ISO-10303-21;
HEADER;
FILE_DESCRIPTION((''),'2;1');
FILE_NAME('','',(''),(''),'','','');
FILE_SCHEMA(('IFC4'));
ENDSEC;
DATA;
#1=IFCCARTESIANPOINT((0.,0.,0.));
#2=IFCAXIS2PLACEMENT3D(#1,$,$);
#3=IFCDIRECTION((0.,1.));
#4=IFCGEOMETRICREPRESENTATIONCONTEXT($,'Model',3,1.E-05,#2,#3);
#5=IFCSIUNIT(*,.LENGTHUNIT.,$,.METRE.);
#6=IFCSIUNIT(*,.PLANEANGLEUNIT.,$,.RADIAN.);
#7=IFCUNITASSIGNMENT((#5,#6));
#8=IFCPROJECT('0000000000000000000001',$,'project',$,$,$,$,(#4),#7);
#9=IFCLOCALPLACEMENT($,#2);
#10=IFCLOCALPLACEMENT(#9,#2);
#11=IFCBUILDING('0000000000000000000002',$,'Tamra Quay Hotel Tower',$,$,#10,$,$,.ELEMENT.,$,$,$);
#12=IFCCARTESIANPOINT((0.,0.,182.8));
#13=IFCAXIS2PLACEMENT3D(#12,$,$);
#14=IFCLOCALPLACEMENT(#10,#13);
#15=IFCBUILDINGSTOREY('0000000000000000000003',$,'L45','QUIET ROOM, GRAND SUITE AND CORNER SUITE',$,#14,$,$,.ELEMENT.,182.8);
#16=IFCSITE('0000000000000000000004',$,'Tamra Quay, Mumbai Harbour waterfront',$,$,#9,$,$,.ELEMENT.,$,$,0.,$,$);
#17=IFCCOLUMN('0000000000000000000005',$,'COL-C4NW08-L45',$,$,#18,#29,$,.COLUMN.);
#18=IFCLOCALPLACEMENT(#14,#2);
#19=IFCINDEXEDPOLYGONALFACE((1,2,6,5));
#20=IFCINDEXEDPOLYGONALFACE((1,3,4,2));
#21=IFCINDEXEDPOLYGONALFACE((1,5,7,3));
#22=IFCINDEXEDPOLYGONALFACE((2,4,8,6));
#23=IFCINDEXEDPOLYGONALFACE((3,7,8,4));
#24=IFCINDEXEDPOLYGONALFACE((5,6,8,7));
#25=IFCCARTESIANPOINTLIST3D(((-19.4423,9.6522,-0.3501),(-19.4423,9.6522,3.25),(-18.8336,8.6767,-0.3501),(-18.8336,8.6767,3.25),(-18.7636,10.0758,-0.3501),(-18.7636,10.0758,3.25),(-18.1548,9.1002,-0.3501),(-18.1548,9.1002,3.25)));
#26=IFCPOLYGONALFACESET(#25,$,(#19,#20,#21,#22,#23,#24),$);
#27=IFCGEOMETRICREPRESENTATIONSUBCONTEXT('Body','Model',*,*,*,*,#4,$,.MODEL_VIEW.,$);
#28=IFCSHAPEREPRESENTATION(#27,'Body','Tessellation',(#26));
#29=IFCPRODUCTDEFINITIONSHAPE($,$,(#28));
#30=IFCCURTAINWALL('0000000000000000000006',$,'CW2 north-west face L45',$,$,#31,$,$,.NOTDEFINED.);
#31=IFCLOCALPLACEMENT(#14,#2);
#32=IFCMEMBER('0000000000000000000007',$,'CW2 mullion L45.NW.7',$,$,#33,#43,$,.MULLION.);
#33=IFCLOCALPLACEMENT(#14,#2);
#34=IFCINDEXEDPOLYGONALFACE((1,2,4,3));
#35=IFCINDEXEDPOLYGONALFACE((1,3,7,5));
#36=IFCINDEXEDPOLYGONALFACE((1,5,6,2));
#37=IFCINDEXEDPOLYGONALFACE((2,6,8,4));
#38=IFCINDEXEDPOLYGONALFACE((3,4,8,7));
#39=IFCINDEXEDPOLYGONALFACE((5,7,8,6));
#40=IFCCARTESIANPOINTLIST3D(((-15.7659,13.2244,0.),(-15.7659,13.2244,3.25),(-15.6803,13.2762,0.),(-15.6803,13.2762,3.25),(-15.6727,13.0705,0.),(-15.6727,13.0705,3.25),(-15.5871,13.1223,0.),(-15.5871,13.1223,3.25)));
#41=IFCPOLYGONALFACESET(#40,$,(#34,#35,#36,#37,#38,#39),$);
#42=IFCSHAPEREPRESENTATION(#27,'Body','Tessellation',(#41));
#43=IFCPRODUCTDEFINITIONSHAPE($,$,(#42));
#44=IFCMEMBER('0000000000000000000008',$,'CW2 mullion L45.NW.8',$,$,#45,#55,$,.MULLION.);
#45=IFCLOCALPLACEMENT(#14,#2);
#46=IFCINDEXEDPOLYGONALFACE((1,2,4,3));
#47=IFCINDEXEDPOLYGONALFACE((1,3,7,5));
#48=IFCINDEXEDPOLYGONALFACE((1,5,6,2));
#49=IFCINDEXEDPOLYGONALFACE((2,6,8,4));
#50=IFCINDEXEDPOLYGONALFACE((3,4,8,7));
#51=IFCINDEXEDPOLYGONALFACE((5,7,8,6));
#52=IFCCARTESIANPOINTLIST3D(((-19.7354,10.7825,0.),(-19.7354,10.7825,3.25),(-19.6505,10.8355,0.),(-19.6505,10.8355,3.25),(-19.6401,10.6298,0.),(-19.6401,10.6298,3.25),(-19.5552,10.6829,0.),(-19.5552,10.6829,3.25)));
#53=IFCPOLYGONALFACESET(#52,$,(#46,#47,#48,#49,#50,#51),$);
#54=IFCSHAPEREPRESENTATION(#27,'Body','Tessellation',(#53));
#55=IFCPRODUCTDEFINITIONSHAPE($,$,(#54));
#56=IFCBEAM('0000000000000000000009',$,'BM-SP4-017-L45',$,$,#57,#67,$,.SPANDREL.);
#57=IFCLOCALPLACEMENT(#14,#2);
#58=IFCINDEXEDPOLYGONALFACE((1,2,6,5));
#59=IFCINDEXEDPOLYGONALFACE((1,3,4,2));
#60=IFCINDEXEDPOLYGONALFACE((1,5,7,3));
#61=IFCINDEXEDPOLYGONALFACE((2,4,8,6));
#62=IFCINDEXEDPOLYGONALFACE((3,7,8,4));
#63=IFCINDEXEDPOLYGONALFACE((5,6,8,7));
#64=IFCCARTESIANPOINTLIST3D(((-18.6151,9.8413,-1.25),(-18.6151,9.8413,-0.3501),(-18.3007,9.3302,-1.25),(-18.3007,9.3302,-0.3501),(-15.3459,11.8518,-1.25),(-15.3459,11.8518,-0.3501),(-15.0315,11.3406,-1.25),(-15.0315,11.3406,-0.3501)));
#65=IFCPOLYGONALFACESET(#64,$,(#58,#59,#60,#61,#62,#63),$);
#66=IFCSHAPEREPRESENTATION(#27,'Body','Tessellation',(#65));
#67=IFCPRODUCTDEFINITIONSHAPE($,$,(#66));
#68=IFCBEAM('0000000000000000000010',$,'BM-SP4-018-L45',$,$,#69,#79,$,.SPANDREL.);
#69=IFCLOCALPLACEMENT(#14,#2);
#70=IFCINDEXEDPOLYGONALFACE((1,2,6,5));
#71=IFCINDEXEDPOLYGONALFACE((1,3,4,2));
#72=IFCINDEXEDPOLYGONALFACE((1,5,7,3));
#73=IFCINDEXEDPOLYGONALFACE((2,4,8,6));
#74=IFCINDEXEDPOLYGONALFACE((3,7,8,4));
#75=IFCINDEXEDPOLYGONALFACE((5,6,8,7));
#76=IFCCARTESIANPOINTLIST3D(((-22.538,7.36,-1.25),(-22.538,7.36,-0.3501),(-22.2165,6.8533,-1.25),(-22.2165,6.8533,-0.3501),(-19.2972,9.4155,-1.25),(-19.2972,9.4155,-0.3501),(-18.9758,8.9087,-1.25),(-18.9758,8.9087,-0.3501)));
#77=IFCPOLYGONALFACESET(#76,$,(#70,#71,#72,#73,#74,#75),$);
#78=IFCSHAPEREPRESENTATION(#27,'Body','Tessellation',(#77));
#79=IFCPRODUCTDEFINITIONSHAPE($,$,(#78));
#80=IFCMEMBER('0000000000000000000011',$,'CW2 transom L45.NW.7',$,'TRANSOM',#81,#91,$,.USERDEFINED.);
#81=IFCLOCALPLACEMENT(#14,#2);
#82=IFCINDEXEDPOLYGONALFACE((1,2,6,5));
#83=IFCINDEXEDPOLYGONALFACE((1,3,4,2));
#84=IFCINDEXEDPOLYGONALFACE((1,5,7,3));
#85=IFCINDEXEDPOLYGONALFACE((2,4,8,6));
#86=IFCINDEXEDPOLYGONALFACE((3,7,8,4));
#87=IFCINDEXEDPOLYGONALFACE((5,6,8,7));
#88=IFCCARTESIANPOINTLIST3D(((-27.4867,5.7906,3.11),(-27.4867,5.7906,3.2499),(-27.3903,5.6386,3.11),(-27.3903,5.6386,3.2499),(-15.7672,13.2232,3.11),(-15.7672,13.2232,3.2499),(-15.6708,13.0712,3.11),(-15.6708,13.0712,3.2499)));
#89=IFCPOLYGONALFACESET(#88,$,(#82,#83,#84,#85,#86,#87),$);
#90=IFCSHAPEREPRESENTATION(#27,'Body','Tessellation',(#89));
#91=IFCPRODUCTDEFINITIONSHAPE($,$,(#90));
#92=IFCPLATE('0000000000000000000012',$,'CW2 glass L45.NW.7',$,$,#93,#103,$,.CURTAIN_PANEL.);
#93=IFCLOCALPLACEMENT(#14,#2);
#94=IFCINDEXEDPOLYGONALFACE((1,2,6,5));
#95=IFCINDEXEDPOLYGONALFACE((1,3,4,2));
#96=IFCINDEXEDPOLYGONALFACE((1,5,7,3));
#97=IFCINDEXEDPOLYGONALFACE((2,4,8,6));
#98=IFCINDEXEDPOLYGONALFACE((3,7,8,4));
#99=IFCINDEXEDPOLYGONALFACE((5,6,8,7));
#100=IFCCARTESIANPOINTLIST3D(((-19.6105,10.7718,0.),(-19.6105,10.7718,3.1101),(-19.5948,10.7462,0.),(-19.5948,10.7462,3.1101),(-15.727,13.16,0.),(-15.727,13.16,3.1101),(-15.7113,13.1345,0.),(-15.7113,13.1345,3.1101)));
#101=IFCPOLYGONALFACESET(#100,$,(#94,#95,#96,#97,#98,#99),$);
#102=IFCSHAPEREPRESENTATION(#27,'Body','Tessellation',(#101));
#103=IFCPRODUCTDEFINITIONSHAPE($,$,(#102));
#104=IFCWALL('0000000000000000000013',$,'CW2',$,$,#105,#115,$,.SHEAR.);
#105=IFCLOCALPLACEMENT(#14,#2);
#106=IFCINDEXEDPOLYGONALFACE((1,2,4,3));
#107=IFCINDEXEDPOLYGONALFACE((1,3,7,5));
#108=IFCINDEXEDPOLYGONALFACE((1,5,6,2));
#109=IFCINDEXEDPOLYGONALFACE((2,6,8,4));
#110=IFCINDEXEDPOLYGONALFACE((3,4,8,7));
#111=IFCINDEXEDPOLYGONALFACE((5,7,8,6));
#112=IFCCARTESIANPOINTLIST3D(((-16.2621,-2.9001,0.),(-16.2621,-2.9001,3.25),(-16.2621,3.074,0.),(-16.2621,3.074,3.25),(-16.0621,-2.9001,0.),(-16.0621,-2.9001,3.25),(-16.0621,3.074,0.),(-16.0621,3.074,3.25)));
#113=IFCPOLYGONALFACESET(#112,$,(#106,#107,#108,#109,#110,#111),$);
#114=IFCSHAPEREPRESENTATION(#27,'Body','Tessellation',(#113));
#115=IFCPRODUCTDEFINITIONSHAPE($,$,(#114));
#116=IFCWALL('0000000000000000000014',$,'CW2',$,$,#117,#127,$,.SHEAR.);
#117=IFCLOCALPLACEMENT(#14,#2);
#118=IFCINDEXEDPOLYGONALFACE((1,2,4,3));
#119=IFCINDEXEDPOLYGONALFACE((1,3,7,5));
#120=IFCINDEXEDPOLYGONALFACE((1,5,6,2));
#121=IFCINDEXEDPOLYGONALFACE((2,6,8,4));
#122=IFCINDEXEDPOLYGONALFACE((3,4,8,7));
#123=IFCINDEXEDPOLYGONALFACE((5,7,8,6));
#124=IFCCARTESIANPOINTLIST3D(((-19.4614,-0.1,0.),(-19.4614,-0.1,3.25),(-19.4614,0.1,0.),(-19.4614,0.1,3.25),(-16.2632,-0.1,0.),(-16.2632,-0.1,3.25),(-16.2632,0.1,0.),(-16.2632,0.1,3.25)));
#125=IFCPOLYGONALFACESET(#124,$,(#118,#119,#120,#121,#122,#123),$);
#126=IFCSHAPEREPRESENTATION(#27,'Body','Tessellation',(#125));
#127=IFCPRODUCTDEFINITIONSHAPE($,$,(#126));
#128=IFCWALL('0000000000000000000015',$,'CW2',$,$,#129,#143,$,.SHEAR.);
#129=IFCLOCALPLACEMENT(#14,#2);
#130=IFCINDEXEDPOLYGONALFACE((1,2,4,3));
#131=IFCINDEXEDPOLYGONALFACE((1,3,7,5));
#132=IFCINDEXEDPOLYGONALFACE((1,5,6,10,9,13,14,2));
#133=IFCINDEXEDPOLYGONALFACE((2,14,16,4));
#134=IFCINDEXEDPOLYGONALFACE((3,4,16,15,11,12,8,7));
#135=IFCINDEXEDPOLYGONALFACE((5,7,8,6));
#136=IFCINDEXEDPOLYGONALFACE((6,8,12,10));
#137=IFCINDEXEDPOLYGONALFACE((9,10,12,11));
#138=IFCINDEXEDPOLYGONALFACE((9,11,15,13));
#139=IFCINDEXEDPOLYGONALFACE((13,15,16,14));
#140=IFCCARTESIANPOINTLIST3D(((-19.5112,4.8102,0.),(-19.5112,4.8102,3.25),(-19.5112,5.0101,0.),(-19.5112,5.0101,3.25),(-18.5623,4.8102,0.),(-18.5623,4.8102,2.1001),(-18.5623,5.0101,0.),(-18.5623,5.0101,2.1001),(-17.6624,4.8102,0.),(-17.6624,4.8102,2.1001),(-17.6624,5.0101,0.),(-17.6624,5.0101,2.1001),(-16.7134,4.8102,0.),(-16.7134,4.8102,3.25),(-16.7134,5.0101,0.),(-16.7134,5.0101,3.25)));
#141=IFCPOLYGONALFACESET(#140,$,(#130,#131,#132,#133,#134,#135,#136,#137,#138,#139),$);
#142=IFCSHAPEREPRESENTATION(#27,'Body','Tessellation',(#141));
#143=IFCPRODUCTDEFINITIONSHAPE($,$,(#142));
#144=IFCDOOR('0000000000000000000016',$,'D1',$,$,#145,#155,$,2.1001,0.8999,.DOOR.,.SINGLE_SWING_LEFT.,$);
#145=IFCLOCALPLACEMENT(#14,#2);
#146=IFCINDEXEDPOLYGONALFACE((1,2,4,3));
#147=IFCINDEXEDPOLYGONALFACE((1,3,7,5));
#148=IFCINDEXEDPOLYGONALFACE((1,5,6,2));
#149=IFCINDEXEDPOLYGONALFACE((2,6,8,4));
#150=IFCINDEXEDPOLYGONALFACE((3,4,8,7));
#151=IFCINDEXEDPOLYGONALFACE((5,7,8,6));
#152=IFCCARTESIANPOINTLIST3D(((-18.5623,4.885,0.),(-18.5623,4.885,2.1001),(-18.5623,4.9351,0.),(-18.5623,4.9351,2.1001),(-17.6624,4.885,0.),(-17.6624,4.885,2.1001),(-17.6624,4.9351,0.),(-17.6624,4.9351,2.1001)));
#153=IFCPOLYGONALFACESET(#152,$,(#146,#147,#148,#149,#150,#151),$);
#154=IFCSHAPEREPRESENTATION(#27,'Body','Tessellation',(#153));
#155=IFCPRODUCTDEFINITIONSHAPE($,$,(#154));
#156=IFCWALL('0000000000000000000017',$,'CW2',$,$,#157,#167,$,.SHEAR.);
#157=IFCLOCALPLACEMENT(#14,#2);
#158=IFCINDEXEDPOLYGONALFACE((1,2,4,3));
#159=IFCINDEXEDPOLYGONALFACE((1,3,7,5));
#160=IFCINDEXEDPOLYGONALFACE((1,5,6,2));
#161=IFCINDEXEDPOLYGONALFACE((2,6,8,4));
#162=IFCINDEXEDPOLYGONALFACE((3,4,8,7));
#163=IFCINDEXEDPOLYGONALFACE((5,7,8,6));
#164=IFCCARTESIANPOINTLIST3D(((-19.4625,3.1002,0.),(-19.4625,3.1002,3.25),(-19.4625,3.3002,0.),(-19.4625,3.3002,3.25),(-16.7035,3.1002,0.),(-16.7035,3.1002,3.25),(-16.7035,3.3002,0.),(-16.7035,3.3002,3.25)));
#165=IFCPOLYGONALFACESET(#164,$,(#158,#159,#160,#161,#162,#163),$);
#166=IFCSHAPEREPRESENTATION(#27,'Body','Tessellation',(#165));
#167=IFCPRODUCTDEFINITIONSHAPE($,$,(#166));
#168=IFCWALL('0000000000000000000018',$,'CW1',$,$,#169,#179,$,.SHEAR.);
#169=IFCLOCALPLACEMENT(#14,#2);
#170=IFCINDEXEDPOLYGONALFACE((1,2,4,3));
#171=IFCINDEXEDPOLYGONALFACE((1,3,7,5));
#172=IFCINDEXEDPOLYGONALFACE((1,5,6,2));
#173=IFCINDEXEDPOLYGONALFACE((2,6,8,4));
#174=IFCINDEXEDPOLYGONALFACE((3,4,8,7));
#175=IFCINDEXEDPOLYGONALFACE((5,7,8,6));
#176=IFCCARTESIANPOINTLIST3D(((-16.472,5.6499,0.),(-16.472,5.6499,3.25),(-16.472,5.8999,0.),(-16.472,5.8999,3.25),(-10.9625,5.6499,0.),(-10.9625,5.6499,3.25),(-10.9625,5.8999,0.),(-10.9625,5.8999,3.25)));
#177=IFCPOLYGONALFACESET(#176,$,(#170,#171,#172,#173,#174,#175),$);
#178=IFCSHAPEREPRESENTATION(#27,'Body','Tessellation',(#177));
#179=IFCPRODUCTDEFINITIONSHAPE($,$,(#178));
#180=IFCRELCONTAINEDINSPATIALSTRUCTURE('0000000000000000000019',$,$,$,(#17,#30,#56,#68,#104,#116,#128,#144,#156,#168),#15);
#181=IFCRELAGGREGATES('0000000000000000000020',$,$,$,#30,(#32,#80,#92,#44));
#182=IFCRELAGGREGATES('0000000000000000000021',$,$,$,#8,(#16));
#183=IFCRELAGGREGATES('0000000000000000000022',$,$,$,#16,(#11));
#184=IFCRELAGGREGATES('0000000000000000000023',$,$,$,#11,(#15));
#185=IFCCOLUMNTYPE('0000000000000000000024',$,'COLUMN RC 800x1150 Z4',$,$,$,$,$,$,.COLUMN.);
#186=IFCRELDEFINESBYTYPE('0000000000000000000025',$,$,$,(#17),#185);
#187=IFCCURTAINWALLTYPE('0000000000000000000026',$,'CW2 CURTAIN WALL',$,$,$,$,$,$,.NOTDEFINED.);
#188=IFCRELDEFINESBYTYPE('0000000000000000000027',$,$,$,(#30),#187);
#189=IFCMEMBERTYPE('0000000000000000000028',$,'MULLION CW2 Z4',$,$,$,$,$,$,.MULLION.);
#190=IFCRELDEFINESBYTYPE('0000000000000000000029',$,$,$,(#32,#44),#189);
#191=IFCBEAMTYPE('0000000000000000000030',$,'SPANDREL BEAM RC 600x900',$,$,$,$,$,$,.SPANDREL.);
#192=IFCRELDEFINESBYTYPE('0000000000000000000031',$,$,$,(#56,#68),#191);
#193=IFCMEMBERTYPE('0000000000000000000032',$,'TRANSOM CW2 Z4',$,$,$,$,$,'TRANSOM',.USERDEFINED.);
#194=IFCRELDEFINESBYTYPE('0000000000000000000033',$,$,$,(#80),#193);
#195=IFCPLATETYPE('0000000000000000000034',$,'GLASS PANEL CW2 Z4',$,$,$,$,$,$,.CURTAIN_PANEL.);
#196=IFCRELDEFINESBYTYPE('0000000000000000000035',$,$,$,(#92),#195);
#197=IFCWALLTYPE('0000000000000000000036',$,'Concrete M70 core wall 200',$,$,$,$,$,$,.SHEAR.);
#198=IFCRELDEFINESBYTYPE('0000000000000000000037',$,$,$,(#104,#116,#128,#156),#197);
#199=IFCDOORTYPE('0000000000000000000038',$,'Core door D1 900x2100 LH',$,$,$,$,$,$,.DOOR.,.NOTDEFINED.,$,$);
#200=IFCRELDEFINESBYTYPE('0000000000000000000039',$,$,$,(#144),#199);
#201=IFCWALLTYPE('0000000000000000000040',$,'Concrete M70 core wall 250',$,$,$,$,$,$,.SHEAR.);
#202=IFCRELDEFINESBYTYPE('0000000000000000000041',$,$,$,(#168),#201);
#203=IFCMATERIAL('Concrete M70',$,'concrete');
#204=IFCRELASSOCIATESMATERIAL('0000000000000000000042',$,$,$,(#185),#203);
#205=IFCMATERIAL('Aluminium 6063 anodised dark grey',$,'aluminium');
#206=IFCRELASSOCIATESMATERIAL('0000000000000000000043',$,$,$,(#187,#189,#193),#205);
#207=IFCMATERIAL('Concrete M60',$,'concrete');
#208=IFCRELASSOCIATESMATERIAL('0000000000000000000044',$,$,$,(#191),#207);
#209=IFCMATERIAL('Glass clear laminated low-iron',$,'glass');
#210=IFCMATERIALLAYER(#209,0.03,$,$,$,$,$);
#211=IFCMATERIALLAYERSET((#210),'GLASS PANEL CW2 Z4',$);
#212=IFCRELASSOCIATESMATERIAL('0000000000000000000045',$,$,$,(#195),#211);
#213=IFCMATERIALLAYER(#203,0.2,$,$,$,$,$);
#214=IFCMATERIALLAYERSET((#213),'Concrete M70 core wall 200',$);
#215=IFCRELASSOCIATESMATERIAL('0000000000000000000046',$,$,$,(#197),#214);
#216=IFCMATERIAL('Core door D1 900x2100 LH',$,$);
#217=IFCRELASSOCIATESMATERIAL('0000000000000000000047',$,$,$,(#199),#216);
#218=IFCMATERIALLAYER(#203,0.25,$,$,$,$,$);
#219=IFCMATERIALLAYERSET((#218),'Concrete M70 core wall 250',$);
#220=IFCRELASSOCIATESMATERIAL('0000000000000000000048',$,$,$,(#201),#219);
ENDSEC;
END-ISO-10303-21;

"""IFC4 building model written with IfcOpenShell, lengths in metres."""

from ifc_helpers import new_model, si_unit, direction, frame, frame_2d, origin, origin_2d, place, context, subcontext, project, spatial, rectangle, extrude, material, layer, layer_set, material_profile, profile_set, type_object, element, fill, aggregate, save


model = new_model("IFC4")

# Units and contexts
model_context = context("Model", 3, precision=1e-05, world=origin(), true_north=direction((0.0, 1.0)))
body_context = subcontext(model_context, "Body", "Model", "MODEL_VIEW")
ifc_project = project(units=[si_unit("LENGTHUNIT", "METRE"), si_unit("PLANEANGLEUNIT", "RADIAN")], contexts=[model_context])

# Site, building, storey
site_placement = place(None, origin())
site = spatial("IfcSite", under=ifc_project, at=site_placement, Name="Tamra Quay, Mumbai Harbour waterfront", CompositionType="ELEMENT", RefElevation=0.0)
building_placement = place(site_placement, origin())
building = spatial("IfcBuilding", under=site, at=building_placement, Name="Tamra Quay Hotel Tower", CompositionType="ELEMENT")
storey_placement = place(building_placement, frame((0.0, 0.0, 182.8)))
storey = spatial("IfcBuildingStorey", under=building, at=storey_placement, Name="L45", Description="QUIET ROOM, GRAND SUITE AND CORNER SUITE", CompositionType="ELEMENT", Elevation=182.8)

# Column
ifc_material_1 = material(Name="Concrete M70", Category="concrete")
ifc_material_profile_1 = material_profile(ifc_material_1, rectangle(XDim=1.1499, YDim=0.8, at=origin_2d()), Name="COLUMN RC 800x1150 Z4")
ifc_profile_set_1 = profile_set([ifc_material_profile_1], Name="Concrete M70")
column_type = type_object("IfcColumnType", Name="COLUMN RC 800x1150 Z4", PredefinedType="COLUMN", material=ifc_profile_set_1)
column_placement = place(storey_placement, frame((-18.7986, 9.3762, -0.3501), z_axis=(0.0, 0.0, 1.0), x_axis=(-0.52941, 0.848366, 0.0)))
element("IfcColumn", 1, at=column_placement, inside=storey, type_object=column_type, Name="COL-C4NW08-L45", PredefinedType="COLUMN", context=body_context, shape_type="SweptSolid", body=[
    extrude(rectangle(XDim=1.1499, YDim=0.8, at=origin_2d()), origin(), (0.0, 0.0, 1.0), 3.6001),
])

# Curtain wall, members
ifc_material_2 = material(Name="Aluminium 6063 anodised dark grey", Category="aluminium")
curtain_wall_type = type_object("IfcCurtainWallType", Name="CW2 CURTAIN WALL", PredefinedType="NOTDEFINED", material=ifc_material_2)
curtain_wall_placement = place(storey_placement, origin())
curtain_wall = element("IfcCurtainWall", 2, at=curtain_wall_placement, inside=storey, type_object=curtain_wall_type, Name="CW2 north-west face L45", PredefinedType="NOTDEFINED")
ifc_material_profile_2 = material_profile(ifc_material_2, rectangle(XDim=0.1799, YDim=0.1001, at=origin_2d()), Name="MULLION 100X180")
ifc_profile_set_2 = profile_set([ifc_material_profile_2], Name="Aluminium 6063 anodised dark grey")
member_type_1 = type_object("IfcMemberType", Name="MULLION CW2 Z4", PredefinedType="MULLION", material=ifc_profile_set_2)
member_1_placement = place(storey_placement, frame((-15.6765, 13.1733, 0.0), z_axis=(0.0, 0.0, 1.0), x_axis=(-0.517923, 0.855428, 0.0)))
member_1 = element("IfcMember", 3, at=member_1_placement, type_object=member_type_1, Name="CW2 mullion L45.NW.7", PredefinedType="MULLION", context=body_context, shape_type="SweptSolid", body=[
    extrude(rectangle(XDim=0.1799, YDim=0.1001, at=origin_2d()), origin(), (0.0, 0.0, 1.0), 3.25),
])
member_2_placement = place(storey_placement, frame((-19.6453, 10.7327, 0.0), z_axis=(0.0, 0.0, 1.0), x_axis=(-0.529731, 0.848166, 0.0)))
member_2 = element("IfcMember", 4, at=member_2_placement, type_object=member_type_1, Name="CW2 mullion L45.NW.8", PredefinedType="MULLION", context=body_context, shape_type="SweptSolid", body=[
    extrude(rectangle(XDim=0.1799, YDim=0.1001, at=origin_2d()), origin(), (0.0, 0.0, 1.0), 3.25),
])

# Beams
ifc_material_3 = material(Name="Concrete M60", Category="concrete")
ifc_material_profile_3 = material_profile(ifc_material_3, rectangle(XDim=0.6001, YDim=0.8999, at=origin_2d()), Name="SPANDREL BEAM RC 600x900")
ifc_profile_set_3 = profile_set([ifc_material_profile_3], Name="Concrete M60")
beam_type = type_object("IfcBeamType", Name="SPANDREL BEAM RC 600x900", PredefinedType="SPANDREL", material=ifc_profile_set_3)
beam_1_placement = place(storey_placement, frame((-15.1887, 11.5962, -0.8), z_axis=(-0.851818, -0.523838, 0.0), x_axis=(0.523838, -0.851818, 0.0)))
element("IfcBeam", 5, at=beam_1_placement, inside=storey, type_object=beam_type, Name="BM-SP4-017-L45", PredefinedType="SPANDREL", context=body_context, shape_type="SweptSolid", body=[
    extrude(rectangle(XDim=0.6001, YDim=0.8999, at=origin_2d()), origin(), (0.0, 0.0, 1.0), 3.8379),
])
beam_2_placement = place(storey_placement, frame((-19.1365, 9.1621, -0.8), z_axis=(-0.84447, -0.535603, 0.0), x_axis=(0.535603, -0.84447, 0.0)))
element("IfcBeam", 6, at=beam_2_placement, inside=storey, type_object=beam_type, Name="BM-SP4-018-L45", PredefinedType="SPANDREL", context=body_context, shape_type="SweptSolid", body=[
    extrude(rectangle(XDim=0.6001, YDim=0.8999, at=origin_2d()), origin(), (0.0, 0.0, 1.0), 3.8376),
])

# Member
ifc_material_profile_4 = material_profile(ifc_material_2, rectangle(XDim=0.1799, YDim=0.1399, at=origin_2d()), Name="TRANSOM 180X140")
ifc_profile_set_4 = profile_set([ifc_material_profile_4], Name="Aluminium 6063 anodised dark grey")
member_type_2 = type_object("IfcMemberType", Name="TRANSOM CW2 Z4", ElementType="TRANSOM", PredefinedType="USERDEFINED", material=ifc_profile_set_4)
member_3_placement = place(storey_placement, frame((-15.719, 13.1472, 3.1799), z_axis=(-0.844484, -0.535581, 0.0), x_axis=(0.535581, -0.844484, 0.0)))
member_3 = element("IfcMember", 7, at=member_3_placement, type_object=member_type_2, Name="CW2 transom L45.NW.7", ObjectType="TRANSOM", PredefinedType="USERDEFINED", context=body_context, shape_type="SweptSolid", body=[
    extrude(rectangle(XDim=0.1799, YDim=0.1399, at=origin_2d()), origin(), (0.0, 0.0, 1.0), 13.8777),
])

# Plate
ifc_material_4 = material(Name="Glass clear laminated low-iron", Category="glass")
ifc_layer_1 = layer(ifc_material_4, 0.03)
ifc_layer_set_1 = layer_set([ifc_layer_1], Name="GLASS PANEL CW2 Z4")
plate_type = type_object("IfcPlateType", Name="GLASS PANEL CW2 Z4", PredefinedType="CURTAIN_PANEL", material=ifc_layer_set_1)
plate_placement = place(storey_placement, frame((-17.6609, 11.9531, 0.0), z_axis=(0.0, 0.0, 1.0), x_axis=(-0.851815, -0.523843, 0.0)))
plate = element("IfcPlate", 8, at=plate_placement, type_object=plate_type, Name="CW2 glass L45.NW.7", PredefinedType="CURTAIN_PANEL", context=body_context, shape_type="SweptSolid", body=[
    extrude(rectangle(XDim=4.5591, YDim=0.03, at=origin_2d()), origin(), (0.0, 0.0, 1.0), 3.1101),
])
aggregate(curtain_wall, [member_1, member_3, plate, member_2])

# Walls
ifc_layer_2 = layer(ifc_material_1, 0.2)
ifc_layer_set_2 = layer_set([ifc_layer_2], Name="Concrete M70 core wall 200")
wall_type_1 = type_object("IfcWallType", Name="Concrete M70 core wall 200", PredefinedType="SHEAR", material=ifc_layer_set_2)
wall_1_placement = place(storey_placement, frame((-16.1621, 3.074, 0.0), z_axis=(0.0, 0.0, 1.0), x_axis=(0.0, -1.0, 0.0)))
element("IfcWall", 9, at=wall_1_placement, inside=storey, type_object=wall_type_1, Name="CW2", PredefinedType="SHEAR", context=body_context, shape_type="SweptSolid", body=[
    extrude(rectangle(XDim=5.9741, YDim=0.2, at=frame_2d((2.9871, 0.0))), origin(), (0.0, 0.0, 1.0), 3.25),
])
wall_2_placement = place(storey_placement, frame((-16.2632, 0.0, 0.0), z_axis=(0.0, 0.0, 1.0), x_axis=(-1.0, 0.0, 0.0)))
element("IfcWall", 10, at=wall_2_placement, inside=storey, type_object=wall_type_1, Name="CW2", PredefinedType="SHEAR", context=body_context, shape_type="SweptSolid", body=[
    extrude(rectangle(XDim=3.1982, YDim=0.2, at=frame_2d((1.5991, 0.0))), origin(), (0.0, 0.0, 1.0), 3.25),
])

# Wall, opening, door
wall_3_placement = place(storey_placement, frame((-19.5112, 4.9102, 0.0), z_axis=(0.0, 0.0, 1.0), x_axis=(1.0, 0.0, 0.0)))
wall_3 = element("IfcWall", 11, at=wall_3_placement, inside=storey, type_object=wall_type_1, Name="CW2", PredefinedType="SHEAR", context=body_context, shape_type="SweptSolid", body=[
    extrude(rectangle(XDim=2.7979, YDim=0.2, at=frame_2d((1.3989, 0.0))), origin(), (0.0, 0.0, 1.0), 3.25),
])
opening_placement = place(wall_3_placement, frame((0.949, 0.0, 0.0)))
opening = element("IfcOpeningElement", 12, at=opening_placement, cuts=wall_3, PredefinedType="OPENING", context=body_context, shape_type="SweptSolid", body=[
    extrude(rectangle(XDim=0.8999, YDim=2.1001, at=frame_2d((0.45, 1.05))), frame((0.0, 0.1099, 0.0), z_axis=(0.0, -1.0, 0.0), x_axis=(1.0, 0.0, 0.0)), (0.0, 0.0, 1.0), 0.22),
])
ifc_material_5 = material(Name="Core door D1 900x2100 LH")
door_type = type_object("IfcDoorType", Name="Core door D1 900x2100 LH", OperationType="NOTDEFINED", PredefinedType="DOOR", material=ifc_material_5)
door_placement = place(opening_placement, origin())
door = element("IfcDoor", 13, at=door_placement, inside=storey, type_object=door_type, Name="D1", OperationType="SINGLE_SWING_LEFT", OverallHeight=2.1001, OverallWidth=0.8999, PredefinedType="DOOR", context=body_context, shape_type="SweptSolid", body=[
    extrude(rectangle(XDim=0.8999, YDim=2.1001, at=frame_2d((0.45, 1.05))), frame((0.0, 0.0249, 0.0), z_axis=(0.0, -1.0, 0.0), x_axis=(1.0, 0.0, 0.0)), (0.0, 0.0, 1.0), 0.05),
])
fill(opening, door)

# Walls
wall_4_placement = place(storey_placement, frame((-19.4624, 3.2002, 0.0), z_axis=(0.0, 0.0, 1.0), x_axis=(1.0, 0.0, 0.0)))
element("IfcWall", 14, at=wall_4_placement, inside=storey, type_object=wall_type_1, Name="CW2", PredefinedType="SHEAR", context=body_context, shape_type="SweptSolid", body=[
    extrude(rectangle(XDim=2.759, YDim=0.2, at=frame_2d((1.3794, 0.0))), origin(), (0.0, 0.0, 1.0), 3.25),
])
ifc_layer_3 = layer(ifc_material_1, 0.25)
ifc_layer_set_3 = layer_set([ifc_layer_3], Name="Concrete M70 core wall 250")
wall_type_2 = type_object("IfcWallType", Name="Concrete M70 core wall 250", PredefinedType="SHEAR", material=ifc_layer_set_3)
wall_5_placement = place(storey_placement, frame((-16.4722, 5.7749, 0.0), z_axis=(0.0, 0.0, 1.0), x_axis=(1.0, 0.0, 0.0)))
element("IfcWall", 15, at=wall_5_placement, inside=storey, type_object=wall_type_2, Name="CW1", PredefinedType="SHEAR", context=body_context, shape_type="SweptSolid", body=[
    extrude(rectangle(XDim=5.5095, YDim=0.25, at=frame_2d((2.7549, 0.0))), origin(), (0.0, 0.0, 1.0), 3.25),
])

save(model, "model.ifc")
